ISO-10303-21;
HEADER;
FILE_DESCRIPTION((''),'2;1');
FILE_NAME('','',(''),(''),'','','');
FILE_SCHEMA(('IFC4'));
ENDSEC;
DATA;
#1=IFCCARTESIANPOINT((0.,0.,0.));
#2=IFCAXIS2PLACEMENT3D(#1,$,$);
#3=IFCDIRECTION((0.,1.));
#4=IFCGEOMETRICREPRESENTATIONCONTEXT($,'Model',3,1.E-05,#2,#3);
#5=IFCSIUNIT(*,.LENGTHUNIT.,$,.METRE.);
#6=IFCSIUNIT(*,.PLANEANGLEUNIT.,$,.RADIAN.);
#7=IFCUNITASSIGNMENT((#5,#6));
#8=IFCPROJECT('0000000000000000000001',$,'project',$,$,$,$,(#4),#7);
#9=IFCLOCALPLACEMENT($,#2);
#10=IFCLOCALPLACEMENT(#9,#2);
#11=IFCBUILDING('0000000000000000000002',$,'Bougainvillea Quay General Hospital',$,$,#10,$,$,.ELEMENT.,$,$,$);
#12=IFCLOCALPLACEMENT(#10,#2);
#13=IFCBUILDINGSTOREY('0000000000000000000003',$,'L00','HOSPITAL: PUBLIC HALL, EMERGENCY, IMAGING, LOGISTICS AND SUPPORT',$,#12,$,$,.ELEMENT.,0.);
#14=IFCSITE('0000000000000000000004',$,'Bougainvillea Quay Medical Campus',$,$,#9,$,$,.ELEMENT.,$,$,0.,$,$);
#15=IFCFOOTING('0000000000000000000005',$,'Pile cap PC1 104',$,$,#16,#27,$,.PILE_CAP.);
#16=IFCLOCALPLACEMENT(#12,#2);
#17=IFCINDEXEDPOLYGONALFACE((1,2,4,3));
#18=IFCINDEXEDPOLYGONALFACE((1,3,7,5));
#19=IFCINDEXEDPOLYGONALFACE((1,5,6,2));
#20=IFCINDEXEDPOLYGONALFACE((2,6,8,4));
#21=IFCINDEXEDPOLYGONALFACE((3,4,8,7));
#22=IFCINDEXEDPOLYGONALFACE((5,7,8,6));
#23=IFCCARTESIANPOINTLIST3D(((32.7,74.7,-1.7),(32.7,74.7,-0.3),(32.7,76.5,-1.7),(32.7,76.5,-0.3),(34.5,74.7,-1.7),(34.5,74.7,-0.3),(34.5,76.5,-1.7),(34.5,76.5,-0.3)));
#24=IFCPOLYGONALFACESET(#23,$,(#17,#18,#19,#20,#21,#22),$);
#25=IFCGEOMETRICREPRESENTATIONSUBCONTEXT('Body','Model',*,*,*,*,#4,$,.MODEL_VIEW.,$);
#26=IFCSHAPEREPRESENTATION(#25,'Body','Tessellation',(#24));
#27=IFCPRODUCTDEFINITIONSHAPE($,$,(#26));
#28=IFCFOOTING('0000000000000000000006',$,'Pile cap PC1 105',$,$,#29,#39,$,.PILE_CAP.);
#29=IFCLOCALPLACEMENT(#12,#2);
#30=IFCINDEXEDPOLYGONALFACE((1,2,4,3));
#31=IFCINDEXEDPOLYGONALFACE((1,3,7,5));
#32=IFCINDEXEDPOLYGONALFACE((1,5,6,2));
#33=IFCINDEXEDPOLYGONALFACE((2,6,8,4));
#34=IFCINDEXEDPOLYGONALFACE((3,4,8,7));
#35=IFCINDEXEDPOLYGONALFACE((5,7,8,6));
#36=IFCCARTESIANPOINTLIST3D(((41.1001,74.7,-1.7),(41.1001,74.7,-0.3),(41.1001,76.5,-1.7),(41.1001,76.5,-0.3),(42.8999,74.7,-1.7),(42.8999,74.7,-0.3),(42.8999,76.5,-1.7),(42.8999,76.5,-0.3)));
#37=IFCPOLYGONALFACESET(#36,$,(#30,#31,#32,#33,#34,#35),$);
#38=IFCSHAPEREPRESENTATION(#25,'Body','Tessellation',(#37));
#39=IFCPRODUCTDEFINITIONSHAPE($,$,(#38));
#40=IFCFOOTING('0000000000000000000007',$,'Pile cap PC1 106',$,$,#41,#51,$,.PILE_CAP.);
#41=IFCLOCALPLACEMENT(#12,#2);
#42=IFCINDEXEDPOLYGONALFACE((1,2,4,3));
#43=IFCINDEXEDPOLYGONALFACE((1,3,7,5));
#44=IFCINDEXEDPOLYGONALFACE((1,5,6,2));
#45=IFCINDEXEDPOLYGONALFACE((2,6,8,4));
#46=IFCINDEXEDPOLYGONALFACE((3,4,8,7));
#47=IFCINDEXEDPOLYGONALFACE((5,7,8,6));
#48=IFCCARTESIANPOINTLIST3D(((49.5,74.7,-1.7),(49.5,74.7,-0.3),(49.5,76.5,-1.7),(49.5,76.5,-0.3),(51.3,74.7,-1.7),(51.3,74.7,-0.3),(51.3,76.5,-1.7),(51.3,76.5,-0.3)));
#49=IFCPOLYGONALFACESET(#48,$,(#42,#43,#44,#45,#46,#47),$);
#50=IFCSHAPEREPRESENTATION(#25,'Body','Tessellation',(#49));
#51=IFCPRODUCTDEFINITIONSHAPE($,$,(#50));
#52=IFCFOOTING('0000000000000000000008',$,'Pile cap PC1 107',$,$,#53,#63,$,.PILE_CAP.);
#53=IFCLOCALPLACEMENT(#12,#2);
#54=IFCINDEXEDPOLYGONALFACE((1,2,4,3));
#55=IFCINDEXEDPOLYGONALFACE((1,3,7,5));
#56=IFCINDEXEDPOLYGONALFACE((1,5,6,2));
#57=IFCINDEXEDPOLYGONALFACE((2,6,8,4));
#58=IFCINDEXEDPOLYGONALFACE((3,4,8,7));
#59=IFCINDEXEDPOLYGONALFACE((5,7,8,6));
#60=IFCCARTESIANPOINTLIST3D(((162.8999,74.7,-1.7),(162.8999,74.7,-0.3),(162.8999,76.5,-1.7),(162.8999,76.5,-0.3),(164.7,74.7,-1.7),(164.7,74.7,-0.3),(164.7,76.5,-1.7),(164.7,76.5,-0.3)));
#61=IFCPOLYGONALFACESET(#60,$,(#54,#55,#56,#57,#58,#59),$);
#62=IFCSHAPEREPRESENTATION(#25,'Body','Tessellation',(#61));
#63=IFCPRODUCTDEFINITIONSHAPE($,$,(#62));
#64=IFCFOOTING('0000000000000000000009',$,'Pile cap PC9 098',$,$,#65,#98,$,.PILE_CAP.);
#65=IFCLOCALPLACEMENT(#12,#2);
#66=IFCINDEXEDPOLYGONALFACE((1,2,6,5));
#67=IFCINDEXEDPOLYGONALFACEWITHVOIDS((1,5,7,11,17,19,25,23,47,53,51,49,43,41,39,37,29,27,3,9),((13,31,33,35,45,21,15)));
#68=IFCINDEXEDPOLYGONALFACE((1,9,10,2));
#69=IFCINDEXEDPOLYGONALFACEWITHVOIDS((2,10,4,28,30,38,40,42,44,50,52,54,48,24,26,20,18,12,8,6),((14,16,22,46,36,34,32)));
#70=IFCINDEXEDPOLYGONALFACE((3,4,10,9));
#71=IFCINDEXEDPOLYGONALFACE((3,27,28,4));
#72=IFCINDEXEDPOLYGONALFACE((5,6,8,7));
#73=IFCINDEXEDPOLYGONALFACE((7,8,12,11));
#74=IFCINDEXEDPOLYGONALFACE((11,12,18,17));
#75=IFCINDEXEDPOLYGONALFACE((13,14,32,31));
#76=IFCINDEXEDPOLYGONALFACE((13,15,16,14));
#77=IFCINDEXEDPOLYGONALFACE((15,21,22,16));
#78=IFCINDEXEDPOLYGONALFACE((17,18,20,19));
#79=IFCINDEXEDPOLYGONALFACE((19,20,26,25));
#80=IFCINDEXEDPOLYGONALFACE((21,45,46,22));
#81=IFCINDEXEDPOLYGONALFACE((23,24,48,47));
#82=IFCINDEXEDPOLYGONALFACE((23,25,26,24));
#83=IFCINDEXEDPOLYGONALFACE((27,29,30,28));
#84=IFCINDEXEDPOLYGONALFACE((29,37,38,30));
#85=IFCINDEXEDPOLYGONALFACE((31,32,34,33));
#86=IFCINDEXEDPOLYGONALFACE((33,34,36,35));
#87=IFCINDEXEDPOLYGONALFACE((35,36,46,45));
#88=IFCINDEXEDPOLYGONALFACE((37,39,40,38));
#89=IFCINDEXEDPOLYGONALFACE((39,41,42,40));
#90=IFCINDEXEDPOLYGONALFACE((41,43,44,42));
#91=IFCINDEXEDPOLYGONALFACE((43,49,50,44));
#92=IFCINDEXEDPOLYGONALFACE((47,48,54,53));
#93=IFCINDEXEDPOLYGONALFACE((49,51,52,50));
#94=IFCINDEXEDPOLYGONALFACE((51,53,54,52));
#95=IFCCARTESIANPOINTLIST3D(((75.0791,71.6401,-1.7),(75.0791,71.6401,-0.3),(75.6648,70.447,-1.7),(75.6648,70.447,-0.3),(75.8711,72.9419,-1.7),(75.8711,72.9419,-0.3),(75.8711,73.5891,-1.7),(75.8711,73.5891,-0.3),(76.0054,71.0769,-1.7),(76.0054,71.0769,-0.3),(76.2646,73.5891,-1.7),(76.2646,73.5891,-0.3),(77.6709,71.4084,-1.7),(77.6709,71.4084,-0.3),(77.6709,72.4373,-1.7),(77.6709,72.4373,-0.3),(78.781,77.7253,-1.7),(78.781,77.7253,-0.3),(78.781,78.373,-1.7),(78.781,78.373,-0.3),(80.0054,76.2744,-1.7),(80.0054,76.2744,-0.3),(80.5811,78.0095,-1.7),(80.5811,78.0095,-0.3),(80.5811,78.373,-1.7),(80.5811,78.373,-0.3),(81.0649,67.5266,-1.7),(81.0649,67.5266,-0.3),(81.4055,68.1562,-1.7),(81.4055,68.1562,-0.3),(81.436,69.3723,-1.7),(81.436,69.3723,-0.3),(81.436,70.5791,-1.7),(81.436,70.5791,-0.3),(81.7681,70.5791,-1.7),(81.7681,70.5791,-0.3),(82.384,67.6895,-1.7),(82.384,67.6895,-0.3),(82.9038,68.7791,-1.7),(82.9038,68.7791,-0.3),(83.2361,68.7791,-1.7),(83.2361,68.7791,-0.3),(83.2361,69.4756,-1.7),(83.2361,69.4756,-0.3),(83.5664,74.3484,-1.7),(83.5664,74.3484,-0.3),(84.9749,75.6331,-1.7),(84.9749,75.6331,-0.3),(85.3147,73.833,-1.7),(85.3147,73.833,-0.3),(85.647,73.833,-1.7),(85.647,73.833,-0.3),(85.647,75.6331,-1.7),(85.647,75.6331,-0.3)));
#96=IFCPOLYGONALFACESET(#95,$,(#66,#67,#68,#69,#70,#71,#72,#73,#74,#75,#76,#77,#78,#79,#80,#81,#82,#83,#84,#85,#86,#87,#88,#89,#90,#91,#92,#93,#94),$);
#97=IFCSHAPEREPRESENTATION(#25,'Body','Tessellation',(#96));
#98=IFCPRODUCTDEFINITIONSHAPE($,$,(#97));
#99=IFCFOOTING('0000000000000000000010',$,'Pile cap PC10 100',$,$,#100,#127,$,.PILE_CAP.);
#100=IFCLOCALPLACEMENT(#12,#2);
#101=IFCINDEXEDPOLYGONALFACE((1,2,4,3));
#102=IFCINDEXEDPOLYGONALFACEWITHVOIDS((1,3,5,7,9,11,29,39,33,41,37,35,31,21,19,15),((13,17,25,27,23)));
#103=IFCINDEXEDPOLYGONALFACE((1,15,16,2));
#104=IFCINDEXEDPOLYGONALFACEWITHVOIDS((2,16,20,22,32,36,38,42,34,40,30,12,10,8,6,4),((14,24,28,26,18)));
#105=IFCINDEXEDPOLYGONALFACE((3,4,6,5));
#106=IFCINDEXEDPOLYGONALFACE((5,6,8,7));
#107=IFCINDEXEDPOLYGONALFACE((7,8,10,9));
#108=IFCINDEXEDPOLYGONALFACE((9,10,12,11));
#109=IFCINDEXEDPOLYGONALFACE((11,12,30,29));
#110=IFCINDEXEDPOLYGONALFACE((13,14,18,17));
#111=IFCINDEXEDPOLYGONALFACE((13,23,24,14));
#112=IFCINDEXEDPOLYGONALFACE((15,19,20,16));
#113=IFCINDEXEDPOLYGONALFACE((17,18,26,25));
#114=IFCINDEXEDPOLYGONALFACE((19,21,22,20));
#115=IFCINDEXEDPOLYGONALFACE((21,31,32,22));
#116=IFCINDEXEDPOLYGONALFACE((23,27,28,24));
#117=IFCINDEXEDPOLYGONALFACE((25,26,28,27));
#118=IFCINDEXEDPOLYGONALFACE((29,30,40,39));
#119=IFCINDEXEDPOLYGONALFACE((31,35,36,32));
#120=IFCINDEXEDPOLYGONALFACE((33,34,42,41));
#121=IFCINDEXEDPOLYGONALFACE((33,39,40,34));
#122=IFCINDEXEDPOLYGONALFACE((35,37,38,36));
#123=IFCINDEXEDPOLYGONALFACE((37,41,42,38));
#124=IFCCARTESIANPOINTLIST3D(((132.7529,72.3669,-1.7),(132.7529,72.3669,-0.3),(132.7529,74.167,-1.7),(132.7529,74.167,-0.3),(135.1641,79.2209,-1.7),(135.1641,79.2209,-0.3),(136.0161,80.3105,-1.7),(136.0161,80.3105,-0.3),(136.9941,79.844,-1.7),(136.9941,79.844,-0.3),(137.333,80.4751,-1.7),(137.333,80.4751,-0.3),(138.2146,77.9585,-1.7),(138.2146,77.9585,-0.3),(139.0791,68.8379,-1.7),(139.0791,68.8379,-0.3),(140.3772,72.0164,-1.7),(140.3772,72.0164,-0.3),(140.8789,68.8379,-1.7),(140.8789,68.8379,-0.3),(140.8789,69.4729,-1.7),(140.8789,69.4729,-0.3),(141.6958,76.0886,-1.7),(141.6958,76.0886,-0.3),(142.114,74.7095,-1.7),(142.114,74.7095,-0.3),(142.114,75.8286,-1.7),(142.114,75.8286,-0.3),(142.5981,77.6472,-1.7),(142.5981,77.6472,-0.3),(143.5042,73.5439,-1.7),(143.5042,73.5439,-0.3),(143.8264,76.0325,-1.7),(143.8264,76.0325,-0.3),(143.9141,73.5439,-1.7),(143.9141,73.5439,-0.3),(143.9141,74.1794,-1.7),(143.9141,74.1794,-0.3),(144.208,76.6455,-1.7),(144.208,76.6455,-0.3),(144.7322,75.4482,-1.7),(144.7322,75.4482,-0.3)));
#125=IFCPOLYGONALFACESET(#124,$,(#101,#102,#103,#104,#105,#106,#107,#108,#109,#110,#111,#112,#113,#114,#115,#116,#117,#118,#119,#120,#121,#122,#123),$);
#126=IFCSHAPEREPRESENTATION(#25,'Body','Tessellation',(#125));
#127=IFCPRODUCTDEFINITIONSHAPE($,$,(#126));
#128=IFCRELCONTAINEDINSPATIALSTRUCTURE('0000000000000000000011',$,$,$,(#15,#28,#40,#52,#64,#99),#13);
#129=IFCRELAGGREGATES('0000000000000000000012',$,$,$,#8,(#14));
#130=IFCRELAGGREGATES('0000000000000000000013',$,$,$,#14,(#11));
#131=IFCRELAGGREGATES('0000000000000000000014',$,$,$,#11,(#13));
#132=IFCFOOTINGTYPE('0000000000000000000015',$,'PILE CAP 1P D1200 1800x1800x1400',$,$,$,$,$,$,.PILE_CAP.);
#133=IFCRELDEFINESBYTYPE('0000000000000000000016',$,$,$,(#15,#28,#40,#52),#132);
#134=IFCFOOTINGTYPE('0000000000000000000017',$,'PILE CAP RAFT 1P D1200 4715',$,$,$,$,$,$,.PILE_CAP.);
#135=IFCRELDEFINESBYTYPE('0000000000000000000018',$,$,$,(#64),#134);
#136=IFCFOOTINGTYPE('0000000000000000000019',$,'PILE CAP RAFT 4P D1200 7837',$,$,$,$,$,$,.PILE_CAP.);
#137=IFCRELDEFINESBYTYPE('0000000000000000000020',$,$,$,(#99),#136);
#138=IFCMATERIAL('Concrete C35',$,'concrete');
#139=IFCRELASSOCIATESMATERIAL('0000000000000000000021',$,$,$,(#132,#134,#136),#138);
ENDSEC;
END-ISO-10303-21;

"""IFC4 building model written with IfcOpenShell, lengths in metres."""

from ifc_helpers import new_model, si_unit, direction, frame, origin, place, context, subcontext, project, spatial, polyline, outline, extrude, material, type_object, element, save


model = new_model("IFC4")

# Units and contexts
model_context = context("Model", 3, precision=1e-05, world=origin(), true_north=direction((0.0, 1.0)))
body_context = subcontext(model_context, "Body", "Model", "MODEL_VIEW")
ifc_project = project(units=[si_unit("LENGTHUNIT", "METRE"), si_unit("PLANEANGLEUNIT", "RADIAN")], contexts=[model_context])

# Site, building, storey
site_placement = place(None, origin())
site = spatial("IfcSite", under=ifc_project, at=site_placement, Name="Bougainvillea Quay Medical Campus", CompositionType="ELEMENT", RefElevation=0.0)
building_placement = place(site_placement, origin())
building = spatial("IfcBuilding", under=site, at=building_placement, Name="Bougainvillea Quay General Hospital", CompositionType="ELEMENT")
storey_placement = place(building_placement, origin())
storey = spatial("IfcBuildingStorey", under=building, at=storey_placement, Name="L00", Description="HOSPITAL: PUBLIC HALL, EMERGENCY, IMAGING, LOGISTICS AND SUPPORT", CompositionType="ELEMENT", Elevation=0.0)

# Footings
ifc_material = material(Name="Concrete C35", Category="concrete")
footing_type_1 = type_object("IfcFootingType", Name="PILE CAP 1P D1200 1800x1800x1400", PredefinedType="PILE_CAP", material=ifc_material)
footing_1_placement = place(storey_placement, frame((0.0, 0.0, -1.7)))
element("IfcFooting", 1, at=footing_1_placement, inside=storey, type_object=footing_type_1, Name="Pile cap PC1 104", PredefinedType="PILE_CAP", context=body_context, shape_type="SweptSolid", body=[
    extrude(outline(polyline([(32.7, 74.7), (34.5, 74.7), (34.5, 76.5), (32.7, 76.5), (32.7, 74.7)])), origin(), (0.0, 0.0, 1.0), 1.3999),
])
footing_2_placement = place(storey_placement, frame((0.0, 0.0, -1.7)))
element("IfcFooting", 2, at=footing_2_placement, inside=storey, type_object=footing_type_1, Name="Pile cap PC1 105", PredefinedType="PILE_CAP", context=body_context, shape_type="SweptSolid", body=[
    extrude(outline(polyline([(41.1001, 74.7), (42.8999, 74.7), (42.8999, 76.5), (41.1001, 76.5), (41.1001, 74.7)])), origin(), (0.0, 0.0, 1.0), 1.3999),
])
footing_3_placement = place(storey_placement, frame((0.0, 0.0, -1.7)))
element("IfcFooting", 3, at=footing_3_placement, inside=storey, type_object=footing_type_1, Name="Pile cap PC1 106", PredefinedType="PILE_CAP", context=body_context, shape_type="SweptSolid", body=[
    extrude(outline(polyline([(49.5, 74.7), (51.3, 74.7), (51.3, 76.5), (49.5, 76.5), (49.5, 74.7)])), origin(), (0.0, 0.0, 1.0), 1.3999),
])
footing_4_placement = place(storey_placement, frame((0.0, 0.0, -1.7)))
element("IfcFooting", 4, at=footing_4_placement, inside=storey, type_object=footing_type_1, Name="Pile cap PC1 107", PredefinedType="PILE_CAP", context=body_context, shape_type="SweptSolid", body=[
    extrude(outline(polyline([(162.8999, 74.7), (164.7, 74.7), (164.7, 76.5), (162.8999, 76.5), (162.8999, 74.7)])), origin(), (0.0, 0.0, 1.0), 1.3999),
])
footing_type_2 = type_object("IfcFootingType", Name="PILE CAP RAFT 1P D1200 4715", PredefinedType="PILE_CAP", material=ifc_material)
footing_5_placement = place(storey_placement, frame((0.0, 0.0, -1.7)))
element("IfcFooting", 5, at=footing_5_placement, inside=storey, type_object=footing_type_2, Name="Pile cap PC9 098", PredefinedType="PILE_CAP", context=body_context, shape_type="SweptSolid", body=[
    extrude(outline(polyline([(85.647, 75.6331), (85.647, 73.833), (85.3147, 73.833), (83.2361, 69.4756), (83.2361, 68.7791), (82.9038, 68.7791), (82.384, 67.6895), (81.4055, 68.1562), (81.0649, 67.5266), (75.6648, 70.447), (76.0054, 71.0769), (75.0791, 71.6401), (75.8711, 72.9419), (75.8711, 73.5891), (76.2646, 73.5891), (78.781, 77.7253), (78.781, 78.373), (80.5811, 78.373), (80.5811, 78.0095), (84.9749, 75.6331), (85.647, 75.6331)]), holes=[polyline([(81.7681, 70.5791), (83.5664, 74.3484), (80.0054, 76.2744), (77.6709, 72.4373), (77.6709, 71.4084), (81.436, 69.3723), (81.436, 70.5791), (81.7681, 70.5791)])]), origin(), (0.0, 0.0, 1.0), 1.3999),
])
footing_type_3 = type_object("IfcFootingType", Name="PILE CAP RAFT 4P D1200 7837", PredefinedType="PILE_CAP", material=ifc_material)
footing_6_placement = place(storey_placement, frame((0.0, 0.0, -1.7)))
element("IfcFooting", 6, at=footing_6_placement, inside=storey, type_object=footing_type_3, Name="Pile cap PC10 100", PredefinedType="PILE_CAP", context=body_context, shape_type="SweptSolid", body=[
    extrude(outline(polyline([(142.5981, 77.6472), (144.208, 76.6455), (143.8264, 76.0325), (144.7322, 75.4482), (143.9141, 74.1794), (143.9141, 73.5439), (143.5042, 73.5439), (140.8789, 69.4729), (140.8789, 68.8379), (139.0791, 68.8379), (132.7529, 72.3669), (132.7529, 74.167), (135.1641, 79.2209), (136.0161, 80.3105), (136.9941, 79.844), (137.333, 80.4751), (142.5981, 77.6472)]), holes=[polyline([(138.2146, 77.9585), (140.3772, 72.0164), (142.114, 74.7095), (142.114, 75.8286), (141.6958, 76.0886), (138.2146, 77.9585)])]), origin(), (0.0, 0.0, 1.0), 1.3999),
])

save(model, "model.ifc")
